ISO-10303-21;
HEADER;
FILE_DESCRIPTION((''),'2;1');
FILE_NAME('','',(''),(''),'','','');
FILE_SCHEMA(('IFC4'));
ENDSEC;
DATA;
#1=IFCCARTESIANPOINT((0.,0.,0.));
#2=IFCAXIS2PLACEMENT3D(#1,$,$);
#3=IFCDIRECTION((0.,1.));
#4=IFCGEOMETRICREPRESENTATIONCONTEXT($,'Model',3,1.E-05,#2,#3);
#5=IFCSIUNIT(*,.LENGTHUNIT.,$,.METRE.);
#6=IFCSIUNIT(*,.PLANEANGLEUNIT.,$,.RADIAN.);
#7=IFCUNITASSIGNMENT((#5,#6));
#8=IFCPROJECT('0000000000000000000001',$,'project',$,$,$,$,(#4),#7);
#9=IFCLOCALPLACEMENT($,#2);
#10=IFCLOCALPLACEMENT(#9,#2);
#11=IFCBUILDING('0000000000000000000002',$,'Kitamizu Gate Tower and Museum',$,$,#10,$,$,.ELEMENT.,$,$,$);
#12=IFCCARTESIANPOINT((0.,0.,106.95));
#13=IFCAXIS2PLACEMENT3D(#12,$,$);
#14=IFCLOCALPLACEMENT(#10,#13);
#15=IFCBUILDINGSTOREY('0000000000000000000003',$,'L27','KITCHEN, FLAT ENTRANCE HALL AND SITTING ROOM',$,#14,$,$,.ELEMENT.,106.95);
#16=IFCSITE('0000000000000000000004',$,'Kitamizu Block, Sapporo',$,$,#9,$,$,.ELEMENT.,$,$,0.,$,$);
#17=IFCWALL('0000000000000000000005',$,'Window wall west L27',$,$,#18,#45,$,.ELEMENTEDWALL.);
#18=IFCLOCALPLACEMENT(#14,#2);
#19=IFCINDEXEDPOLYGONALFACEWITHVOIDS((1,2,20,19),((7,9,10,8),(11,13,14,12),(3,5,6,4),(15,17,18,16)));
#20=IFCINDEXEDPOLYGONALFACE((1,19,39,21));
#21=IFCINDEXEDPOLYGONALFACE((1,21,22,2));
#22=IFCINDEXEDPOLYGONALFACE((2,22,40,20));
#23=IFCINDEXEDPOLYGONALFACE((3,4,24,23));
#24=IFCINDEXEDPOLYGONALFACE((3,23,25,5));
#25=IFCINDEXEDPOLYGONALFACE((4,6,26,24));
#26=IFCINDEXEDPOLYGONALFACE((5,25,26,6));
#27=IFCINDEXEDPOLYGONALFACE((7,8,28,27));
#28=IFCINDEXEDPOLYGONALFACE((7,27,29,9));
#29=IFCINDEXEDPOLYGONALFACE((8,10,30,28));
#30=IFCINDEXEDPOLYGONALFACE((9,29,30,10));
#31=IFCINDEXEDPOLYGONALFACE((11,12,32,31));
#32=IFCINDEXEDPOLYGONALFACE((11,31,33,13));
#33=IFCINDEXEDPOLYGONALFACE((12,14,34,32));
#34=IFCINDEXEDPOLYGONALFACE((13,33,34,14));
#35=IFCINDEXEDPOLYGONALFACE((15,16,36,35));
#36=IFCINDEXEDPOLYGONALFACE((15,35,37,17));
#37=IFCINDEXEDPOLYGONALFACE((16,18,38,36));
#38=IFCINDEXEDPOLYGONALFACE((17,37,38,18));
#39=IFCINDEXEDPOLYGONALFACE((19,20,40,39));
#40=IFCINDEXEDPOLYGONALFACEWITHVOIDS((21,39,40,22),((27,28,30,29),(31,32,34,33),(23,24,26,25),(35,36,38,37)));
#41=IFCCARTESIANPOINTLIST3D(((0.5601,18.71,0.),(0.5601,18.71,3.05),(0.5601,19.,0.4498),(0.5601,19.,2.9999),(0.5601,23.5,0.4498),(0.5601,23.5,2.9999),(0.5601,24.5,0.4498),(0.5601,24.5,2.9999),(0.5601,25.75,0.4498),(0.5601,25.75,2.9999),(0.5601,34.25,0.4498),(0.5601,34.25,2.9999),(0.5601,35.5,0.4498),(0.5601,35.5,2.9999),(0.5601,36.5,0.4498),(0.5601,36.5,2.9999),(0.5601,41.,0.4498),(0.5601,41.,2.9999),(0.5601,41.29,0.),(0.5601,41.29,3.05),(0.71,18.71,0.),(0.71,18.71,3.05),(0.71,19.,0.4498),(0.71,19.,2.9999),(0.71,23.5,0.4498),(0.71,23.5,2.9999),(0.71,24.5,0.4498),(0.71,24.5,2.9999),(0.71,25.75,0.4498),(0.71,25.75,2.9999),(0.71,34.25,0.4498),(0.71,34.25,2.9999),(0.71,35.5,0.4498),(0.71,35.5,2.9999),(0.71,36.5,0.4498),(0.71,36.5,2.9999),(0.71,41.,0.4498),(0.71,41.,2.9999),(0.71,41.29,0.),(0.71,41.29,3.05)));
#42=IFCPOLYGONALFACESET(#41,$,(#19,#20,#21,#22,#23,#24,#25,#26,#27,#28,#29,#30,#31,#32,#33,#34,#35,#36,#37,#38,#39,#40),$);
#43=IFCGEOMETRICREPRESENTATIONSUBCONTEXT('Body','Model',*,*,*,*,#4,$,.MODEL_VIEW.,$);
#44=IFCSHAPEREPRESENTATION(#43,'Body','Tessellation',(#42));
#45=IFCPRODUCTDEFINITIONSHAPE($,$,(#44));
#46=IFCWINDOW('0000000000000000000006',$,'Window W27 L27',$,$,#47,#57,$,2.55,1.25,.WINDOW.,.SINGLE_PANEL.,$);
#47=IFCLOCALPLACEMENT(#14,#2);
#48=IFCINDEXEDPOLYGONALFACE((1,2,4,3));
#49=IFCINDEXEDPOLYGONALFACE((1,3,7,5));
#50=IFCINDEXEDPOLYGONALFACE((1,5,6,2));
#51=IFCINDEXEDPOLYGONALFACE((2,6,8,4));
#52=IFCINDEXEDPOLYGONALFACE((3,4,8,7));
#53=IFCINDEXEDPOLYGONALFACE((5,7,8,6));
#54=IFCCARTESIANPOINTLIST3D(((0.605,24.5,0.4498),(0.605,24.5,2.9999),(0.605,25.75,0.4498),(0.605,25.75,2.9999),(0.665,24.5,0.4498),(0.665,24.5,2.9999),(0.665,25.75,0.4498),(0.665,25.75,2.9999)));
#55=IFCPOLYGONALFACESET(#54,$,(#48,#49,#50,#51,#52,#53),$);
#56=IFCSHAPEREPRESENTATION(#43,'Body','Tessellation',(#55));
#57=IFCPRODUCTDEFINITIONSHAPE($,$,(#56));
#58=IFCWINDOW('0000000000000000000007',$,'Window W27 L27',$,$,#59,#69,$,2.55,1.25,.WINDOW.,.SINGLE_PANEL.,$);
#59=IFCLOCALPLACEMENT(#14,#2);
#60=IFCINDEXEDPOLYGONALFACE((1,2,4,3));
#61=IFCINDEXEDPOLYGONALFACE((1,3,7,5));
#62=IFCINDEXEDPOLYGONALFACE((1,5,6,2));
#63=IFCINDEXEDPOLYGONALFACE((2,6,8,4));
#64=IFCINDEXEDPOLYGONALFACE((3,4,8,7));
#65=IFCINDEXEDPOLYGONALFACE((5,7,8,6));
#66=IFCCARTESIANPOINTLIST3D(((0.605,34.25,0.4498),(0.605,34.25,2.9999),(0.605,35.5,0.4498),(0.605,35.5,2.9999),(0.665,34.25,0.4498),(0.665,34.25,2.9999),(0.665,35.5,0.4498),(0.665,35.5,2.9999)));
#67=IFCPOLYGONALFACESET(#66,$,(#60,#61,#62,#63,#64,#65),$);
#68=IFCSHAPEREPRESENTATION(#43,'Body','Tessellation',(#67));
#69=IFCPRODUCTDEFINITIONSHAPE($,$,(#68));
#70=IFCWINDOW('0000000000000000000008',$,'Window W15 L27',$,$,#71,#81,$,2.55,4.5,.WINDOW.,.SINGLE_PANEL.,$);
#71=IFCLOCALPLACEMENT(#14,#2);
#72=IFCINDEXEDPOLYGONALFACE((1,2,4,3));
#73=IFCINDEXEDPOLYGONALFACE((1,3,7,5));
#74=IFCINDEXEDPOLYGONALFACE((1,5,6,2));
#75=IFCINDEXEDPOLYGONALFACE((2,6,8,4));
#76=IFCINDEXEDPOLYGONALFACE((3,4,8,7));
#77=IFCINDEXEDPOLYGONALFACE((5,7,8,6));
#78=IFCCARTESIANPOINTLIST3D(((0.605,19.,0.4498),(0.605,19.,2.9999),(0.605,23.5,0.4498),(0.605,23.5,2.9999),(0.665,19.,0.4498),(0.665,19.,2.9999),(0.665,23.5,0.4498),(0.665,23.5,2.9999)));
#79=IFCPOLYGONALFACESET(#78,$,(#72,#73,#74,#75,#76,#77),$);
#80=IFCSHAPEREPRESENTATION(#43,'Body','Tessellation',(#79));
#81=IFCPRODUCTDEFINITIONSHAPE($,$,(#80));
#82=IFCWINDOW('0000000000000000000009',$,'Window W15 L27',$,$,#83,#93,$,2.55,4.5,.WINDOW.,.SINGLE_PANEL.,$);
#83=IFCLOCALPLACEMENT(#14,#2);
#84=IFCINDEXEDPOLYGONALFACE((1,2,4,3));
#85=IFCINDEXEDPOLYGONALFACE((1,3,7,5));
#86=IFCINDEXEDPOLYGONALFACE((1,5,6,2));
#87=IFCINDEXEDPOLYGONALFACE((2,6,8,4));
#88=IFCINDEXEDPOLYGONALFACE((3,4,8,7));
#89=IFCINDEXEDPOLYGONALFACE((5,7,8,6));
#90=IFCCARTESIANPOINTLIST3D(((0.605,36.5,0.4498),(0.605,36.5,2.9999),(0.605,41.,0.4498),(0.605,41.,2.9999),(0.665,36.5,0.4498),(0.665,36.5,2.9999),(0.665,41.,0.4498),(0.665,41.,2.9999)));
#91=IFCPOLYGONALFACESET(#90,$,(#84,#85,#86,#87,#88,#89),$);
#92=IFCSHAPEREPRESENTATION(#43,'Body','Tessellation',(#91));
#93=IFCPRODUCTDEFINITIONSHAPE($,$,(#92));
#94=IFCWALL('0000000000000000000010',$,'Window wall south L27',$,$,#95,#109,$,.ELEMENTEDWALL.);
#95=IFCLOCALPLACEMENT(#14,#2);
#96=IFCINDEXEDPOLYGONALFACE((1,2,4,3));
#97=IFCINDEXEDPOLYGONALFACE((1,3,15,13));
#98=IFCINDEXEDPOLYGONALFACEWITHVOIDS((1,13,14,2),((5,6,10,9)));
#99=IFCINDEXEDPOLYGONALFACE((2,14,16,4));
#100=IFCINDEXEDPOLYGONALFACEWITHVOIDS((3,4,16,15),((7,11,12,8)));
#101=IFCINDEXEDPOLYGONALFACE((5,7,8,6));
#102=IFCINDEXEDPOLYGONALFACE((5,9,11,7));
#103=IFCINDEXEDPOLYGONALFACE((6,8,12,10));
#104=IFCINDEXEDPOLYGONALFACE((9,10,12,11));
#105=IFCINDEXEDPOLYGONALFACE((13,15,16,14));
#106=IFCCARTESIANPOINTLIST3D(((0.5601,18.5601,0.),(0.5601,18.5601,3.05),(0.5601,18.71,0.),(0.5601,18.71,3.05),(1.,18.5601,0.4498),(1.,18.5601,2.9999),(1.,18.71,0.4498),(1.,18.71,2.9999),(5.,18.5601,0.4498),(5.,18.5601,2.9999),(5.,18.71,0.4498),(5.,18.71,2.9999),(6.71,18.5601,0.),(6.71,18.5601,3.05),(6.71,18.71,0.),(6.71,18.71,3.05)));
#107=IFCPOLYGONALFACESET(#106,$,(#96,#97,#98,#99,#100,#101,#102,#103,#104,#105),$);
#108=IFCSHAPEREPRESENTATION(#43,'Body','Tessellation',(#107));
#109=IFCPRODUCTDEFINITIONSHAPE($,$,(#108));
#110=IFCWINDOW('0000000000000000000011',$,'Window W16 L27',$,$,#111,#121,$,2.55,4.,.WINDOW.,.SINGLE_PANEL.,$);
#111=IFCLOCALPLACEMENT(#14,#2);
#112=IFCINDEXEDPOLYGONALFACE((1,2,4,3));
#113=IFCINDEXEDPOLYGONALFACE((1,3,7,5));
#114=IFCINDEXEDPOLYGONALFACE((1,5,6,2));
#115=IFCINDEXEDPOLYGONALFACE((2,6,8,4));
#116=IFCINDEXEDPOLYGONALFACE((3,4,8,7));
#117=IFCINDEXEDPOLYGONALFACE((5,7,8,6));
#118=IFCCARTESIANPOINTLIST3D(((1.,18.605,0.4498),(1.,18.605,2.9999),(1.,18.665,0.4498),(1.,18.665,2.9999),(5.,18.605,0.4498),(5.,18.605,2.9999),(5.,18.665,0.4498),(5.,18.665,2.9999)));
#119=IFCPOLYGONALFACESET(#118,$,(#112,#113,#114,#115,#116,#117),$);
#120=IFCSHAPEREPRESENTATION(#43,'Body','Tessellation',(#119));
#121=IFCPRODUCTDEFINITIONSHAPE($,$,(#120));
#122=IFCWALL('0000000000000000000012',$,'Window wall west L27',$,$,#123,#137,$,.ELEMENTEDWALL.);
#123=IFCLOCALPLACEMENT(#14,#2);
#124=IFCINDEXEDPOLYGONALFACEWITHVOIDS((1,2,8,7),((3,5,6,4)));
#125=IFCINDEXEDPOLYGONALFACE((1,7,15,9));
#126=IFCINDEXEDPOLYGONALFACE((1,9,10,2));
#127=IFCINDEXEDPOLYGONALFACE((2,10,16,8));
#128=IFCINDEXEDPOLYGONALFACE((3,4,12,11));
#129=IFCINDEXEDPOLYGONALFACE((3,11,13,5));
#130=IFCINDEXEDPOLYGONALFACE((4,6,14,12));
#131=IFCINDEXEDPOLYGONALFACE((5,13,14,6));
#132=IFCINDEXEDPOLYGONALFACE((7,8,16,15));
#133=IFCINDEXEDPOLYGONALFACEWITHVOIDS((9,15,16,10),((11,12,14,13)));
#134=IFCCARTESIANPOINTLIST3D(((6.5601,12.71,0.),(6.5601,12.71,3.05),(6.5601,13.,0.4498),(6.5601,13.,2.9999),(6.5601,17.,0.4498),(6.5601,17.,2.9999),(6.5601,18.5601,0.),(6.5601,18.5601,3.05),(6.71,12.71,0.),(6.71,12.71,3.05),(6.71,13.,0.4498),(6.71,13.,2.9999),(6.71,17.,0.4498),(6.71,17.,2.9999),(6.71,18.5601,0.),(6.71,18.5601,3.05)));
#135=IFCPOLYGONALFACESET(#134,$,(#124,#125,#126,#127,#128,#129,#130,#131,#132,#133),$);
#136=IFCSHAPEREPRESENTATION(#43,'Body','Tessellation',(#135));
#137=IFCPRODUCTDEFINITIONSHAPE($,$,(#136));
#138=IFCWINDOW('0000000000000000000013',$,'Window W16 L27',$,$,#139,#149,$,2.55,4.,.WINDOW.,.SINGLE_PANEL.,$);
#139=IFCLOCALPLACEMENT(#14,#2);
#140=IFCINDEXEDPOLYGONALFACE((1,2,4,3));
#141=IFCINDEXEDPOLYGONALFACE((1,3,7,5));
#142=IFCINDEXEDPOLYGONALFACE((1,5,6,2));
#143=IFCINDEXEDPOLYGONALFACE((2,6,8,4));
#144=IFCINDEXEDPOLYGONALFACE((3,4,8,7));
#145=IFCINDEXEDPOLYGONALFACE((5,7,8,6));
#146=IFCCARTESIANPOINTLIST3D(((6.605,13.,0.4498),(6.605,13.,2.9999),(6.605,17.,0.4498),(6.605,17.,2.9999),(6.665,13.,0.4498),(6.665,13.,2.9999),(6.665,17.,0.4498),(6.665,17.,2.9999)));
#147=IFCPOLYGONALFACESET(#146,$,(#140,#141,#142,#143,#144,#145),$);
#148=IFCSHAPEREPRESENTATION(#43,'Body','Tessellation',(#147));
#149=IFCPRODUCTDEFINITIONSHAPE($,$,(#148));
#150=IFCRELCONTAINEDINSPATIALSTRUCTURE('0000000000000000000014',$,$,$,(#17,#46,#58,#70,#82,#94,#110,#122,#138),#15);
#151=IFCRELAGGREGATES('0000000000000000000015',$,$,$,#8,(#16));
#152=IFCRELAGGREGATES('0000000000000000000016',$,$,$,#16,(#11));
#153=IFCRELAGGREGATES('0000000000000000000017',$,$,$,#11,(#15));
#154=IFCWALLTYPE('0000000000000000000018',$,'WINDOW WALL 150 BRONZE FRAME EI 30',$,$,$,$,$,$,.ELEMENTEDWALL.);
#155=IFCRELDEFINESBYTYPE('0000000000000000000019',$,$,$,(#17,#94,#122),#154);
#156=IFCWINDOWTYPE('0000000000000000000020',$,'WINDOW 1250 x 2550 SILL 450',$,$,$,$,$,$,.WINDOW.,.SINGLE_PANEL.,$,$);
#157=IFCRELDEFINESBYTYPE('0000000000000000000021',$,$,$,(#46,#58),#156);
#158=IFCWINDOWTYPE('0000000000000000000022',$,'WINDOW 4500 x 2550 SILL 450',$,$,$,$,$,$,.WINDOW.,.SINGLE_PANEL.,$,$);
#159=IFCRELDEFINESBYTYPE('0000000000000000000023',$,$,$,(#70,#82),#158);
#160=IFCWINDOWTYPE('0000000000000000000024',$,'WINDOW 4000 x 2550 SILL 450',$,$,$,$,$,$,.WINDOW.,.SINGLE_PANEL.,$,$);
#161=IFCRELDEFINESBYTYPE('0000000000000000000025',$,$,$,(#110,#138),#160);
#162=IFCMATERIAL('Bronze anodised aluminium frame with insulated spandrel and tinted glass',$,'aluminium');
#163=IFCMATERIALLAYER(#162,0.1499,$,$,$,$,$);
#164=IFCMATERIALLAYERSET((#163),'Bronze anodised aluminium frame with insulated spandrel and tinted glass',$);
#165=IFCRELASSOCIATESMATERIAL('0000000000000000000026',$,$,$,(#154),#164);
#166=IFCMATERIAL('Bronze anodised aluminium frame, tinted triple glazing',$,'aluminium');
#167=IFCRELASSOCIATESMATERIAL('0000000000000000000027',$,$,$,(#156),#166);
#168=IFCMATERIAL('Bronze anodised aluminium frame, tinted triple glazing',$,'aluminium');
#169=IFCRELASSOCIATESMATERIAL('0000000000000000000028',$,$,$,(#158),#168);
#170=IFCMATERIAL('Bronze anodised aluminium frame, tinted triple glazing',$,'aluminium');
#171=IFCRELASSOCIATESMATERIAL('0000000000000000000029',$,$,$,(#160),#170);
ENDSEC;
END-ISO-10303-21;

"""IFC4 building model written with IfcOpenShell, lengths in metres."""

from ifc_helpers import new_model, si_unit, direction, frame, frame_2d, origin, place, context, subcontext, project, spatial, rectangle, extrude, material, layer, layer_set, type_object, element, fill, save


model = new_model("IFC4")

# Units and contexts
model_context = context("Model", 3, precision=1e-05, world=origin(), true_north=direction((0.0, 1.0)))
body_context = subcontext(model_context, "Body", "Model", "MODEL_VIEW")
ifc_project = project(units=[si_unit("LENGTHUNIT", "METRE"), si_unit("PLANEANGLEUNIT", "RADIAN")], contexts=[model_context])

# Site, building, storey
site_placement = place(None, origin())
site = spatial("IfcSite", under=ifc_project, at=site_placement, Name="Kitamizu Block, Sapporo", CompositionType="ELEMENT", RefElevation=0.0)
building_placement = place(site_placement, origin())
building = spatial("IfcBuilding", under=site, at=building_placement, Name="Kitamizu Gate Tower and Museum", CompositionType="ELEMENT")
storey_placement = place(building_placement, frame((0.0, 0.0, 106.95)))
storey = spatial("IfcBuildingStorey", under=building, at=storey_placement, Name="L27", Description="KITCHEN, FLAT ENTRANCE HALL AND SITTING ROOM", CompositionType="ELEMENT", Elevation=106.95)

# Wall, openings, windows
ifc_material_1 = material(Name="Bronze anodised aluminium frame with insulated spandrel and tinted glass", Category="aluminium")
ifc_layer = layer(ifc_material_1, 0.1499)
ifc_layer_set = layer_set([ifc_layer], Name="Bronze anodised aluminium frame with insulated spandrel and tinted glass")
wall_type = type_object("IfcWallType", Name="WINDOW WALL 150 BRONZE FRAME EI 30", PredefinedType="ELEMENTEDWALL", material=ifc_layer_set)
ifc_material_2 = material(Name="Bronze anodised aluminium frame, tinted triple glazing", Category="aluminium")
window_type_1 = type_object("IfcWindowType", Name="WINDOW 1250 x 2550 SILL 450", PartitioningType="SINGLE_PANEL", PredefinedType="WINDOW", material=ifc_material_2)
ifc_material_3 = material(Name="Bronze anodised aluminium frame, tinted triple glazing", Category="aluminium")
window_type_2 = type_object("IfcWindowType", Name="WINDOW 4500 x 2550 SILL 450", PartitioningType="SINGLE_PANEL", PredefinedType="WINDOW", material=ifc_material_3)
wall_1_placement = place(storey_placement, frame((0.635, 18.71, 0.0), z_axis=(0.0, 0.0, 1.0), x_axis=(0.0, 1.0, 0.0)))
wall_1 = element("IfcWall", 1, at=wall_1_placement, inside=storey, type_object=wall_type, Name="Window wall west L27", PredefinedType="ELEMENTEDWALL", context=body_context, shape_type="SweptSolid", body=[
    extrude(rectangle(XDim=22.5801, YDim=0.1499, at=frame_2d((11.29, 0.0))), origin(), (0.0, 0.0, 1.0), 3.05),
])
opening_1_placement = place(wall_1_placement, frame((0.29, 0.0, 0.45)))
opening_1 = element("IfcOpeningElement", 2, at=opening_1_placement, cuts=wall_1, PredefinedType="OPENING", context=body_context, shape_type="SweptSolid", body=[
    extrude(rectangle(XDim=4.5, YDim=2.55, at=frame_2d((2.25, 1.2749))), frame((0.0, 0.085, 0.0), z_axis=(0.0, -1.0, 0.0), x_axis=(1.0, 0.0, 0.0)), (0.0, 0.0, 1.0), 0.1699),
])
opening_2_placement = place(wall_1_placement, frame((5.79, 0.0, 0.45)))
opening_2 = element("IfcOpeningElement", 3, at=opening_2_placement, cuts=wall_1, PredefinedType="OPENING", context=body_context, shape_type="SweptSolid", body=[
    extrude(rectangle(XDim=1.25, YDim=2.55, at=frame_2d((0.625, 1.2749))), frame((0.0, 0.085, 0.0), z_axis=(0.0, -1.0, 0.0), x_axis=(1.0, 0.0, 0.0)), (0.0, 0.0, 1.0), 0.1699),
])
opening_3_placement = place(wall_1_placement, frame((15.54, 0.0, 0.45)))
opening_3 = element("IfcOpeningElement", 4, at=opening_3_placement, cuts=wall_1, PredefinedType="OPENING", context=body_context, shape_type="SweptSolid", body=[
    extrude(rectangle(XDim=1.25, YDim=2.55, at=frame_2d((0.625, 1.2749))), frame((0.0, 0.085, 0.0), z_axis=(0.0, -1.0, 0.0), x_axis=(1.0, 0.0, 0.0)), (0.0, 0.0, 1.0), 0.1699),
])
opening_4_placement = place(wall_1_placement, frame((17.79, 0.0, 0.45)))
opening_4 = element("IfcOpeningElement", 5, at=opening_4_placement, cuts=wall_1, PredefinedType="OPENING", context=body_context, shape_type="SweptSolid", body=[
    extrude(rectangle(XDim=4.5, YDim=2.55, at=frame_2d((2.25, 1.2749))), frame((0.0, 0.085, 0.0), z_axis=(0.0, -1.0, 0.0), x_axis=(1.0, 0.0, 0.0)), (0.0, 0.0, 1.0), 0.1699),
])
window_1_placement = place(opening_2_placement, origin())
window_1 = element("IfcWindow", 6, at=window_1_placement, inside=storey, type_object=window_type_1, Name="Window W27 L27", OverallHeight=2.55, OverallWidth=1.25, PartitioningType="SINGLE_PANEL", PredefinedType="WINDOW", context=body_context, shape_type="SweptSolid", body=[
    extrude(rectangle(XDim=1.25, YDim=2.55, at=frame_2d((0.625, 1.2749))), frame((0.0, 0.03, 0.0), z_axis=(0.0, -1.0, 0.0), x_axis=(1.0, 0.0, 0.0)), (0.0, 0.0, 1.0), 0.0601),
])
fill(opening_2, window_1)
window_2_placement = place(opening_3_placement, origin())
window_2 = element("IfcWindow", 7, at=window_2_placement, inside=storey, type_object=window_type_1, Name="Window W27 L27", OverallHeight=2.55, OverallWidth=1.25, PartitioningType="SINGLE_PANEL", PredefinedType="WINDOW", context=body_context, shape_type="SweptSolid", body=[
    extrude(rectangle(XDim=1.25, YDim=2.55, at=frame_2d((0.625, 1.2749))), frame((0.0, 0.03, 0.0), z_axis=(0.0, -1.0, 0.0), x_axis=(1.0, 0.0, 0.0)), (0.0, 0.0, 1.0), 0.0601),
])
fill(opening_3, window_2)
window_3_placement = place(opening_1_placement, origin())
window_3 = element("IfcWindow", 8, at=window_3_placement, inside=storey, type_object=window_type_2, Name="Window W15 L27", OverallHeight=2.55, OverallWidth=4.5, PartitioningType="SINGLE_PANEL", PredefinedType="WINDOW", context=body_context, shape_type="SweptSolid", body=[
    extrude(rectangle(XDim=4.5, YDim=2.55, at=frame_2d((2.25, 1.2749))), frame((0.0, 0.03, 0.0), z_axis=(0.0, -1.0, 0.0), x_axis=(1.0, 0.0, 0.0)), (0.0, 0.0, 1.0), 0.0601),
])
fill(opening_1, window_3)
window_4_placement = place(opening_4_placement, origin())
window_4 = element("IfcWindow", 9, at=window_4_placement, inside=storey, type_object=window_type_2, Name="Window W15 L27", OverallHeight=2.55, OverallWidth=4.5, PartitioningType="SINGLE_PANEL", PredefinedType="WINDOW", context=body_context, shape_type="SweptSolid", body=[
    extrude(rectangle(XDim=4.5, YDim=2.55, at=frame_2d((2.25, 1.2749))), frame((0.0, 0.03, 0.0), z_axis=(0.0, -1.0, 0.0), x_axis=(1.0, 0.0, 0.0)), (0.0, 0.0, 1.0), 0.0601),
])
fill(opening_4, window_4)

# Walls, openings, windows
wall_2_placement = place(storey_placement, frame((0.5601, 18.635, 0.0), z_axis=(0.0, 0.0, 1.0), x_axis=(1.0, 0.0, 0.0)))
wall_2 = element("IfcWall", 10, at=wall_2_placement, inside=storey, type_object=wall_type, Name="Window wall south L27", PredefinedType="ELEMENTEDWALL", context=body_context, shape_type="SweptSolid", body=[
    extrude(rectangle(XDim=6.1499, YDim=0.1499, at=frame_2d((3.075, 0.0))), origin(), (0.0, 0.0, 1.0), 3.05),
])
opening_5_placement = place(wall_2_placement, frame((0.4399, 0.0, 0.45)))
opening_5 = element("IfcOpeningElement", 11, at=opening_5_placement, cuts=wall_2, PredefinedType="OPENING", context=body_context, shape_type="SweptSolid", body=[
    extrude(rectangle(XDim=4.0, YDim=2.55, at=frame_2d((2.0, 1.2749))), frame((0.0, 0.085, 0.0), z_axis=(0.0, -1.0, 0.0), x_axis=(1.0, 0.0, 0.0)), (0.0, 0.0, 1.0), 0.1699),
])
ifc_material_4 = material(Name="Bronze anodised aluminium frame, tinted triple glazing", Category="aluminium")
window_type_3 = type_object("IfcWindowType", Name="WINDOW 4000 x 2550 SILL 450", PartitioningType="SINGLE_PANEL", PredefinedType="WINDOW", material=ifc_material_4)
window_5_placement = place(opening_5_placement, origin())
window_5 = element("IfcWindow", 12, at=window_5_placement, inside=storey, type_object=window_type_3, Name="Window W16 L27", OverallHeight=2.55, OverallWidth=4.0, PartitioningType="SINGLE_PANEL", PredefinedType="WINDOW", context=body_context, shape_type="SweptSolid", body=[
    extrude(rectangle(XDim=4.0, YDim=2.55, at=frame_2d((2.0, 1.2749))), frame((0.0, 0.03, 0.0), z_axis=(0.0, -1.0, 0.0), x_axis=(1.0, 0.0, 0.0)), (0.0, 0.0, 1.0), 0.0601),
])
fill(opening_5, window_5)
wall_3_placement = place(storey_placement, frame((6.635, 12.71, 0.0), z_axis=(0.0, 0.0, 1.0), x_axis=(0.0, 1.0, 0.0)))
wall_3 = element("IfcWall", 13, at=wall_3_placement, inside=storey, type_object=wall_type, Name="Window wall west L27", PredefinedType="ELEMENTEDWALL", context=body_context, shape_type="SweptSolid", body=[
    extrude(rectangle(XDim=5.8501, YDim=0.1499, at=frame_2d((2.925, 0.0))), origin(), (0.0, 0.0, 1.0), 3.05),
])
opening_6_placement = place(wall_3_placement, frame((0.29, 0.0, 0.45)))
opening_6 = element("IfcOpeningElement", 14, at=opening_6_placement, cuts=wall_3, PredefinedType="OPENING", context=body_context, shape_type="SweptSolid", body=[
    extrude(rectangle(XDim=4.0, YDim=2.55, at=frame_2d((2.0, 1.2749))), frame((0.0, 0.085, 0.0), z_axis=(0.0, -1.0, 0.0), x_axis=(1.0, 0.0, 0.0)), (0.0, 0.0, 1.0), 0.1699),
])
window_6_placement = place(opening_6_placement, origin())
window_6 = element("IfcWindow", 15, at=window_6_placement, inside=storey, type_object=window_type_3, Name="Window W16 L27", OverallHeight=2.55, OverallWidth=4.0, PartitioningType="SINGLE_PANEL", PredefinedType="WINDOW", context=body_context, shape_type="SweptSolid", body=[
    extrude(rectangle(XDim=4.0, YDim=2.55, at=frame_2d((2.0, 1.2749))), frame((0.0, 0.03, 0.0), z_axis=(0.0, -1.0, 0.0), x_axis=(1.0, 0.0, 0.0)), (0.0, 0.0, 1.0), 0.0601),
])
fill(opening_6, window_6)

save(model, "model.ifc")
